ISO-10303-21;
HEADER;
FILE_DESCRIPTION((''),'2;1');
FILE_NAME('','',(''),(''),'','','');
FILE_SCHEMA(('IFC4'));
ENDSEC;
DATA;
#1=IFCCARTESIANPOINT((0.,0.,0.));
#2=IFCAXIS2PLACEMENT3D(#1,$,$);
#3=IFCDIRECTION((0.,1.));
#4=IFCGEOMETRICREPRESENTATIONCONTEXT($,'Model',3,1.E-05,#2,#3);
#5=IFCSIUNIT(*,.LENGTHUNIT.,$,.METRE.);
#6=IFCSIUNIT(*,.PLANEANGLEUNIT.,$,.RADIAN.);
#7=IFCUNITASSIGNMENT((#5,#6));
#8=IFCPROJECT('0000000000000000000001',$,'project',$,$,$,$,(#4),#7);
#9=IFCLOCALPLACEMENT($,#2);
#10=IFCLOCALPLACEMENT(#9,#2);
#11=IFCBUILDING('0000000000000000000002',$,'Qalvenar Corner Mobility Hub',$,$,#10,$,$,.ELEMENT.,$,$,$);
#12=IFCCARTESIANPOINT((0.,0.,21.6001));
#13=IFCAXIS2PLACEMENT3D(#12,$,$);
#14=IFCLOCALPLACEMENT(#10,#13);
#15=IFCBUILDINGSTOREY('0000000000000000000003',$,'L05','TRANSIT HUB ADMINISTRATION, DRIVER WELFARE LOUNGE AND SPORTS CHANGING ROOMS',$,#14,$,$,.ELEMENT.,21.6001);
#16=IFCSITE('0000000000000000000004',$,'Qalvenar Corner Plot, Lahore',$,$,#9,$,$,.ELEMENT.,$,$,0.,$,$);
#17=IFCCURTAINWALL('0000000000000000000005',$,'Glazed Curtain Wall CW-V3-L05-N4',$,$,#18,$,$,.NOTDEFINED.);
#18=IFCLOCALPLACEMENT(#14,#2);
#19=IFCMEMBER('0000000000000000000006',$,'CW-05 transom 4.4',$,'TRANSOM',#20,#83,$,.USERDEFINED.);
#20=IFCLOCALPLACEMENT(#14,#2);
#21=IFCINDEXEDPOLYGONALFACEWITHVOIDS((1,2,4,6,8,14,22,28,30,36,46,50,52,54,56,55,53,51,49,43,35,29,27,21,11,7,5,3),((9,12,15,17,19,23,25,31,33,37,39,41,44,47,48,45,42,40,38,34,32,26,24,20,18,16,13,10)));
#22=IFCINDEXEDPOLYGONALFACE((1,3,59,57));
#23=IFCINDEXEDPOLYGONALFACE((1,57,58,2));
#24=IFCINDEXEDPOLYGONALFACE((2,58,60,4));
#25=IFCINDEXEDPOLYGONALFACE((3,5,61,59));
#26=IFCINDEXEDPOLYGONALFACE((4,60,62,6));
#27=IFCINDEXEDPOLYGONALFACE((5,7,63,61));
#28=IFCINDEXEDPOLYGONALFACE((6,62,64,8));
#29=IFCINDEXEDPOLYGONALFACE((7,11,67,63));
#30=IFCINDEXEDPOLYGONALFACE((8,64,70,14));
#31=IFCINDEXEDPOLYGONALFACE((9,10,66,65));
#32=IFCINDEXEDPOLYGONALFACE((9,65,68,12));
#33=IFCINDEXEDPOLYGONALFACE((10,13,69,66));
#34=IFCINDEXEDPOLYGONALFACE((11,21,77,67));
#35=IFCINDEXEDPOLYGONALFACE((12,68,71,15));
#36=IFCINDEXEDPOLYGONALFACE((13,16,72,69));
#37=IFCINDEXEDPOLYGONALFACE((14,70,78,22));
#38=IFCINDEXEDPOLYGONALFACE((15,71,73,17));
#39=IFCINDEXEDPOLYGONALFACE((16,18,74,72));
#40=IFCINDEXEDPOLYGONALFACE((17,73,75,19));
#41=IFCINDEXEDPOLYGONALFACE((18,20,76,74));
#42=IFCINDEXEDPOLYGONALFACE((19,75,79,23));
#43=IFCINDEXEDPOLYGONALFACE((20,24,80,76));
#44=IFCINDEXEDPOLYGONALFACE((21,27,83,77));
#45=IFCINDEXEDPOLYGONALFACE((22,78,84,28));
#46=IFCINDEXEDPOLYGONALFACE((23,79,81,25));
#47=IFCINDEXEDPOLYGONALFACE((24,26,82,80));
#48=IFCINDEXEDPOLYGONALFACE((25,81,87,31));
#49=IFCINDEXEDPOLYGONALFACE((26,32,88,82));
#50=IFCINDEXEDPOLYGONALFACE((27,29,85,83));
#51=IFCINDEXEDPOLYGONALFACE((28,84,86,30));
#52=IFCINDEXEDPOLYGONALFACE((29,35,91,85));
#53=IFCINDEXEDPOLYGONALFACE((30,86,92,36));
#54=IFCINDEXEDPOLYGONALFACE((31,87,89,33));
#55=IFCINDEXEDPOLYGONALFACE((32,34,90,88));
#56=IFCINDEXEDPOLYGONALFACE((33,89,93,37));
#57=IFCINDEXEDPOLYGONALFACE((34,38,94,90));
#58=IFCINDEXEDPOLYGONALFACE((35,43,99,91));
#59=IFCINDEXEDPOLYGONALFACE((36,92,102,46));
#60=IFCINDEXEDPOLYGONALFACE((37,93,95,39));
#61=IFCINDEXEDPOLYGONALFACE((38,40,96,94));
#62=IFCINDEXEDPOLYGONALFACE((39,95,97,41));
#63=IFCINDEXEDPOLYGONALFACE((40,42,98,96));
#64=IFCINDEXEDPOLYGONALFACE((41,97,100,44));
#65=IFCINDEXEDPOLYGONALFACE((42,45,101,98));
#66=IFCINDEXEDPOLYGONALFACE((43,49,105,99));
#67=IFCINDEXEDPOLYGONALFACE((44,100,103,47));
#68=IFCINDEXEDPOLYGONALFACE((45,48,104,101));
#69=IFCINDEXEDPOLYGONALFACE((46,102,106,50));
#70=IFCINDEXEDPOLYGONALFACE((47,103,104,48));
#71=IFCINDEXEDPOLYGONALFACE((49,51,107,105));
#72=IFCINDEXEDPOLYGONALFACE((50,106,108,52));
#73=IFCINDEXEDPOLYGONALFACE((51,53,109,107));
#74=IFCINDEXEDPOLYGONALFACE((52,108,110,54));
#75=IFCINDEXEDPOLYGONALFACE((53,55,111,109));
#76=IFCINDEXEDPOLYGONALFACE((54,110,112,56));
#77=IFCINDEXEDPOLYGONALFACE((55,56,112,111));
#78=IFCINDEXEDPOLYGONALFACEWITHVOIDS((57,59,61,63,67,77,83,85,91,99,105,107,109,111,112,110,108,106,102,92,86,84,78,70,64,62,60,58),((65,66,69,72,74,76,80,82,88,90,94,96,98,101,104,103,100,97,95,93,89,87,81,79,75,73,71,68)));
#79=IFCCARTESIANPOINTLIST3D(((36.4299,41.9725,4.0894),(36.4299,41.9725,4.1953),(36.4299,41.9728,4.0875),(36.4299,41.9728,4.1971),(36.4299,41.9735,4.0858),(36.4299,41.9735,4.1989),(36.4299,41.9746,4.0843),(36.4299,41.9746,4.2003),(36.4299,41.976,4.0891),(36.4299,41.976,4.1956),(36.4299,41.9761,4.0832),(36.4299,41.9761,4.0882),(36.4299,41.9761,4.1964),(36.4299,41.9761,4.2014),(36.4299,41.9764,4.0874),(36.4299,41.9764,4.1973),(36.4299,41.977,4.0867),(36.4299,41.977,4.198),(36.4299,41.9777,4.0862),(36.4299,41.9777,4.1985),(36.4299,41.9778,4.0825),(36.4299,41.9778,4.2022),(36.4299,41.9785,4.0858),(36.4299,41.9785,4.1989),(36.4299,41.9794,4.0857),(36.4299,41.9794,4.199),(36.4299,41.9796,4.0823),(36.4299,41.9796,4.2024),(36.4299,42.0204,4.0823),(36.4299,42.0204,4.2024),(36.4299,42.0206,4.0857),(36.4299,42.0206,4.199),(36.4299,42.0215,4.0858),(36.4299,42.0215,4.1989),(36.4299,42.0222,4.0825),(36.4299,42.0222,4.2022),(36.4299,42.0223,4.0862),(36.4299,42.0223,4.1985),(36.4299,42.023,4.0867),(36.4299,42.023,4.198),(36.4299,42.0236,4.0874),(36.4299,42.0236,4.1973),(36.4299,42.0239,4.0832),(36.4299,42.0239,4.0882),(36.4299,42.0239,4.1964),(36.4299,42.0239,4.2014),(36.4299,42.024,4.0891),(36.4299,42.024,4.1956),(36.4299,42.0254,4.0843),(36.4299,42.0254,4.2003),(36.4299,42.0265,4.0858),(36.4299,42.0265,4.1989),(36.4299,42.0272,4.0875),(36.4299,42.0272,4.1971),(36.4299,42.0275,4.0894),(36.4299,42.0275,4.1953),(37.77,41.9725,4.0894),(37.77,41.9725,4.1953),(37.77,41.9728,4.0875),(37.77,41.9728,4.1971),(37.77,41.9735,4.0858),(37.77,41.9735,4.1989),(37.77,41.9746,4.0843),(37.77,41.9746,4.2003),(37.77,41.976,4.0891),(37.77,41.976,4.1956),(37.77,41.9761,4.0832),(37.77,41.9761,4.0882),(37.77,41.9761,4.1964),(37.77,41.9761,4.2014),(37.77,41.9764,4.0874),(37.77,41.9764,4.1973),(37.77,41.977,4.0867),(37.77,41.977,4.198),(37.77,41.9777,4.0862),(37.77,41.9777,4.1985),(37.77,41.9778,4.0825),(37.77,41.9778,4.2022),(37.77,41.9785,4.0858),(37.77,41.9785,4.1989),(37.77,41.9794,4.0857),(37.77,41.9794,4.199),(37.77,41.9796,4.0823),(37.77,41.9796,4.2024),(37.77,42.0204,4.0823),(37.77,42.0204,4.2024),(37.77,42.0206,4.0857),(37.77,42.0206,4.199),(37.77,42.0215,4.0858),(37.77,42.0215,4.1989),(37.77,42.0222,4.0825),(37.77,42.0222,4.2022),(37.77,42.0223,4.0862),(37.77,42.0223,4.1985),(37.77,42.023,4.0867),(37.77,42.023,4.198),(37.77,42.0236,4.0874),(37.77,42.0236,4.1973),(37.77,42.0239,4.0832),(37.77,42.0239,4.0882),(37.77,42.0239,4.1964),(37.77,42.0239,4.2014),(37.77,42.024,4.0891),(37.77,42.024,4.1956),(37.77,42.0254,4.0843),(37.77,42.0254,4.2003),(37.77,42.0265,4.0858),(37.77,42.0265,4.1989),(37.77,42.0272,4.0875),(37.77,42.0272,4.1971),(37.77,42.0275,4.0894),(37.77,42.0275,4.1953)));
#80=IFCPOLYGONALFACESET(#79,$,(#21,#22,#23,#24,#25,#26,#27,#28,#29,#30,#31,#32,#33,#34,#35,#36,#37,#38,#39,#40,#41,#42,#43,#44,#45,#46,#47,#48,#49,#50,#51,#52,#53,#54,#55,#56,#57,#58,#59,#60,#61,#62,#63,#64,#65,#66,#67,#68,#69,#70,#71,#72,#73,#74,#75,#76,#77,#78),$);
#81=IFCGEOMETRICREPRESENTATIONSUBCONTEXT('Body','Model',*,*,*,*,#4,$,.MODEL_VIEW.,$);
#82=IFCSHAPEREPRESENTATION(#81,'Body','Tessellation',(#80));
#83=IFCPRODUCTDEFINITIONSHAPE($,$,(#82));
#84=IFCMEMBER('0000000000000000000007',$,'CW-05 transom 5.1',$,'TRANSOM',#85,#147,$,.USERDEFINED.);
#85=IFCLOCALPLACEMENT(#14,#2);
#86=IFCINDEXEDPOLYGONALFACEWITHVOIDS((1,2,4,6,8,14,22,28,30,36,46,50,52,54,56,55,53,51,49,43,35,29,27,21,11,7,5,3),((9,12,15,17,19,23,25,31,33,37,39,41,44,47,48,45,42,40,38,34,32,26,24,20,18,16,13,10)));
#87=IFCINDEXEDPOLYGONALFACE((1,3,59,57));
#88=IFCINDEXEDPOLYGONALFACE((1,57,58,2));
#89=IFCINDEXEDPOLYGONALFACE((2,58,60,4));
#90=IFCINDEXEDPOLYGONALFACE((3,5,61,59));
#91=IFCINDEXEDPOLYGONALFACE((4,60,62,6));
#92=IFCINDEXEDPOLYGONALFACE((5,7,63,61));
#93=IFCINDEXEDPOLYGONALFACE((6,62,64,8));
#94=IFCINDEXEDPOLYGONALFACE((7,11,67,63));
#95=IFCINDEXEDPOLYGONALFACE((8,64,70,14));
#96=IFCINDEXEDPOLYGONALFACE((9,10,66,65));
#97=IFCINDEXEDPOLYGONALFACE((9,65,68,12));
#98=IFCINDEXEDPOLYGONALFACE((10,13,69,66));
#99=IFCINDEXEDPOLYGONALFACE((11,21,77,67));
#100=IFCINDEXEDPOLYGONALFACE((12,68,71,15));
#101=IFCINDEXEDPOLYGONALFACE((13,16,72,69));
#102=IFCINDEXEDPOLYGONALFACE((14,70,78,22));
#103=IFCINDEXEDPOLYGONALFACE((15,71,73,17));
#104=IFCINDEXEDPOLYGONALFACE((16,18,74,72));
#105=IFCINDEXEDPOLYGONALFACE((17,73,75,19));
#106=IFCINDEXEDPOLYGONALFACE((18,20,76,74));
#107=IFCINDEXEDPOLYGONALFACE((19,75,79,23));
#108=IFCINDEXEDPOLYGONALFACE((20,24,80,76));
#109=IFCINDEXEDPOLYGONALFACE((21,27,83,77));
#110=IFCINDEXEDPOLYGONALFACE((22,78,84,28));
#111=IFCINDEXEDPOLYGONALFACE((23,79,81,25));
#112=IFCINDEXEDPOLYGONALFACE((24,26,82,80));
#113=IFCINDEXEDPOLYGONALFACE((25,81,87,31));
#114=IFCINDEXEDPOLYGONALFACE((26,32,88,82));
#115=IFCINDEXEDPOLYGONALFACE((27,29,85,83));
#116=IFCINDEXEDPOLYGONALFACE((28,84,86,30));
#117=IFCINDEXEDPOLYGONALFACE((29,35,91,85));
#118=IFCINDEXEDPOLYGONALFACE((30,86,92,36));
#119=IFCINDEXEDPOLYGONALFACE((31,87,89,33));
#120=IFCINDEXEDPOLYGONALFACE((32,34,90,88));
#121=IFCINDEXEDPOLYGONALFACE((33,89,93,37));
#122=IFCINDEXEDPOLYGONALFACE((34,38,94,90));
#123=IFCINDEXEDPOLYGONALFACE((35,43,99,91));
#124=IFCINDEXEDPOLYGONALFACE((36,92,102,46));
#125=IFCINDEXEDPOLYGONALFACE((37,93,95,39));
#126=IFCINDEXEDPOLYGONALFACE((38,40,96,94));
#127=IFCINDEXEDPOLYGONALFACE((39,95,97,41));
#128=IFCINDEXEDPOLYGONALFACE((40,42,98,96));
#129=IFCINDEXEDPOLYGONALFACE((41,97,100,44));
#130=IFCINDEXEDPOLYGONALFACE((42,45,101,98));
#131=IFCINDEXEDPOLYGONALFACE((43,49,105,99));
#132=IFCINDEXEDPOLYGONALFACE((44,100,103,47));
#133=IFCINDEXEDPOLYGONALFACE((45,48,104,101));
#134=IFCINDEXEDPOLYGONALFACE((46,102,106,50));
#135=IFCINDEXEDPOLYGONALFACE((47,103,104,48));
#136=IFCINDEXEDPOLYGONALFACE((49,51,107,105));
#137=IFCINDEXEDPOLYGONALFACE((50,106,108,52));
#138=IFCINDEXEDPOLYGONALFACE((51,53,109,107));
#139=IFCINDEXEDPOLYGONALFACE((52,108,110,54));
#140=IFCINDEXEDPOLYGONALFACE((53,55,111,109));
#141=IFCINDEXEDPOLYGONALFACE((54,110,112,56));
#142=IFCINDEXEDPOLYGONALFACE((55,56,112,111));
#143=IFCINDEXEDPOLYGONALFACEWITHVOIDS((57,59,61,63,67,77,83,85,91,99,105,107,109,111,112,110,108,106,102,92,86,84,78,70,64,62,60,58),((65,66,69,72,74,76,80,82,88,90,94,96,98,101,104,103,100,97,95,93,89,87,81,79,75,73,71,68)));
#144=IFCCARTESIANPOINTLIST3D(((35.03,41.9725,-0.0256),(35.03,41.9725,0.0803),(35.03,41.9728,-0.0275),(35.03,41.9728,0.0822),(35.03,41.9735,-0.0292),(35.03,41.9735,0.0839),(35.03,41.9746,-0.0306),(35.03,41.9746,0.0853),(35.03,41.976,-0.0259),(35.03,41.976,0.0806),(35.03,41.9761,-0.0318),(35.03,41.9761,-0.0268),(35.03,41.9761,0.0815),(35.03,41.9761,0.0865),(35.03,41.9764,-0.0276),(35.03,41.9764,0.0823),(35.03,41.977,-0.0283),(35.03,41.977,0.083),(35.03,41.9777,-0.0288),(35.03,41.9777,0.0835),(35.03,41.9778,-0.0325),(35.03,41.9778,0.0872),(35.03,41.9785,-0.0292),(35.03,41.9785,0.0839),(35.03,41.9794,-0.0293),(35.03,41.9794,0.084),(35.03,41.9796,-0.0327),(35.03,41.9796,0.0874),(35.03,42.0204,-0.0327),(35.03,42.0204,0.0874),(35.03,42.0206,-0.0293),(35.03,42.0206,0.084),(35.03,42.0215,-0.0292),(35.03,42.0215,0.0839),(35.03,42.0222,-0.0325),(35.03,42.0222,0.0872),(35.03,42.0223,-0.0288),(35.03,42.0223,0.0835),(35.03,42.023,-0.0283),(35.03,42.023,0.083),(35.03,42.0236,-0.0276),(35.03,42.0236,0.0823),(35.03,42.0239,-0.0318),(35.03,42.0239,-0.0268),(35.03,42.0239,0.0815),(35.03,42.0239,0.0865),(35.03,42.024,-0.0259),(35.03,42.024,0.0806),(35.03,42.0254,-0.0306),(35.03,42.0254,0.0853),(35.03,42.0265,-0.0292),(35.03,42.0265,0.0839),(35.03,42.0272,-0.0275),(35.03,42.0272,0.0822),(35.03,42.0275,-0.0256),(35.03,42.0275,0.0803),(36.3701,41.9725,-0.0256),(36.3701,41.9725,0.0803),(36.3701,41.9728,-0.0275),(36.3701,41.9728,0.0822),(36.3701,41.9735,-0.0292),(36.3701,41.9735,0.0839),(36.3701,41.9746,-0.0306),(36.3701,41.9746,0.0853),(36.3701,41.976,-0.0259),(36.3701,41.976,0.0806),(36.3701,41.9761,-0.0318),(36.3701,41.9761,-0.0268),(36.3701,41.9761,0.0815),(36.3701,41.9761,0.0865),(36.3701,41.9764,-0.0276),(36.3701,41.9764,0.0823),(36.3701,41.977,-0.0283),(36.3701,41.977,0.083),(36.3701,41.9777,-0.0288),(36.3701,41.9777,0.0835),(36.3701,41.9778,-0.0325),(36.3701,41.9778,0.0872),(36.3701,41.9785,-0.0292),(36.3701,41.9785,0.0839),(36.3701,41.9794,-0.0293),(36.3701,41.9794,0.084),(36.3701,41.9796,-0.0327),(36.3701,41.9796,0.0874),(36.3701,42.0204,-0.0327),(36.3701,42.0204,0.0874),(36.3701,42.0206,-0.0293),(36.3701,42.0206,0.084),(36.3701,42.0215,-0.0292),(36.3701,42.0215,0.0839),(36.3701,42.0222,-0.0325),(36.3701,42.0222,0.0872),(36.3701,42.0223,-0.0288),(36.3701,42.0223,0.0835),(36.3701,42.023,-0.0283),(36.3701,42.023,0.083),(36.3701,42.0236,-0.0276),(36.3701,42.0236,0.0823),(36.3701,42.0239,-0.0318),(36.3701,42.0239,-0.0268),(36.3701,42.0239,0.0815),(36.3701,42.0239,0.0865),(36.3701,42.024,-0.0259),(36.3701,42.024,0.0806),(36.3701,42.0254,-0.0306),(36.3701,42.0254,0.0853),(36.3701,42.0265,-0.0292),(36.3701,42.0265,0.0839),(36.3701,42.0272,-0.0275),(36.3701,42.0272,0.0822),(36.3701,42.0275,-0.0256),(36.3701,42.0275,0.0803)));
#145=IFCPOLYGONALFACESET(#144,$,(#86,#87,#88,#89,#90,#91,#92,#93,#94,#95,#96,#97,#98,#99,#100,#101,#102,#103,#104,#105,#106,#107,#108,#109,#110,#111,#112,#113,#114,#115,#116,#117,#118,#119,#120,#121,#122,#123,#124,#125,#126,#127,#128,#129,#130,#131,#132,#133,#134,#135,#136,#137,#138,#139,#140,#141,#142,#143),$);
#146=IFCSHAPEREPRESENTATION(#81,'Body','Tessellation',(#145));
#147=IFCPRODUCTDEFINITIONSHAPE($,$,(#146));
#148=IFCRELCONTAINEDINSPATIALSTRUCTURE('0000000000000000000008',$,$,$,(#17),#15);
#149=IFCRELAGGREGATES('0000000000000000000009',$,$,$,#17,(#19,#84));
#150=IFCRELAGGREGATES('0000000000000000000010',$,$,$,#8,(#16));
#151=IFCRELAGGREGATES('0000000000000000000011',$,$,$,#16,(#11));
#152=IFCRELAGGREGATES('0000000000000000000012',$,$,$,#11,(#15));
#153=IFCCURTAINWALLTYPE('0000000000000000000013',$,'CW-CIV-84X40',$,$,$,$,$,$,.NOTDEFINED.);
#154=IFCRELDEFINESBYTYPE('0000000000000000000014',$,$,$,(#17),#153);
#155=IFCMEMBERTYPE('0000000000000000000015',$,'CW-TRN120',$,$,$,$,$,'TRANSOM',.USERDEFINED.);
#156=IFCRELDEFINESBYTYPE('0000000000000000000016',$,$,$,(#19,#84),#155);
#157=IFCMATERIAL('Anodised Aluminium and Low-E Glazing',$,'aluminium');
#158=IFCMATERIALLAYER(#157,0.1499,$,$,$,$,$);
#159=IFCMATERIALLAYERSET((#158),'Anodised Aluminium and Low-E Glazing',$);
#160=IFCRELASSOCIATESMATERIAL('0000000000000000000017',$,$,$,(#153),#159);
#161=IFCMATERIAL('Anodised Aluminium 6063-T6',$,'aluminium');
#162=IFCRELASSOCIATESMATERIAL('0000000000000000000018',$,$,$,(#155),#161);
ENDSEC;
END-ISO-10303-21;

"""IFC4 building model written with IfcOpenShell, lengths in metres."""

from ifc_helpers import new_model, si_unit, direction, frame, origin, origin_2d, place, context, subcontext, project, spatial, hollow_rectangle, extrude, material, layer, layer_set, material_profile, profile_set, type_object, element, aggregate, save


model = new_model("IFC4")

# Units and contexts
model_context = context("Model", 3, precision=1e-05, world=origin(), true_north=direction((0.0, 1.0)))
body_context = subcontext(model_context, "Body", "Model", "MODEL_VIEW")
ifc_project = project(units=[si_unit("LENGTHUNIT", "METRE"), si_unit("PLANEANGLEUNIT", "RADIAN")], contexts=[model_context])

# Site, building, storey
site_placement = place(None, origin())
site = spatial("IfcSite", under=ifc_project, at=site_placement, Name="Qalvenar Corner Plot, Lahore", CompositionType="ELEMENT", RefElevation=0.0)
building_placement = place(site_placement, origin())
building = spatial("IfcBuilding", under=site, at=building_placement, Name="Qalvenar Corner Mobility Hub", CompositionType="ELEMENT")
storey_placement = place(building_placement, frame((0.0, 0.0, 21.6001)))
storey = spatial("IfcBuildingStorey", under=building, at=storey_placement, Name="L05", Description="TRANSIT HUB ADMINISTRATION, DRIVER WELFARE LOUNGE AND SPORTS CHANGING ROOMS", CompositionType="ELEMENT", Elevation=21.6001)

# Curtain wall, members
ifc_material_1 = material(Name="Anodised Aluminium and Low-E Glazing", Category="aluminium")
ifc_layer_1 = layer(ifc_material_1, 0.1499)
ifc_layer_set_1 = layer_set([ifc_layer_1], Name="Anodised Aluminium and Low-E Glazing")
curtain_wall_type = type_object("IfcCurtainWallType", Name="CW-CIV-84X40", PredefinedType="NOTDEFINED", material=ifc_layer_set_1)
curtain_wall_placement = place(storey_placement, origin())
curtain_wall = element("IfcCurtainWall", 1, at=curtain_wall_placement, inside=storey, type_object=curtain_wall_type, Name="Glazed Curtain Wall CW-V3-L05-N4", PredefinedType="NOTDEFINED")
ifc_material_2 = material(Name="Anodised Aluminium 6063-T6", Category="aluminium")
ifc_material_profile_1 = material_profile(ifc_material_2, hollow_rectangle(XDim=0.0549, YDim=0.1201, WallThickness=0.0034, InnerFilletRadius=0.0034, OuterFilletRadius=0.0071, at=origin_2d()), Name="RHS120x55x3.5")
ifc_profile_set_1 = profile_set([ifc_material_profile_1], Name="Anodised Aluminium 6063-T6")
member_type_1 = type_object("IfcMemberType", Name="CW-TRN120", ElementType="TRANSOM", PredefinedType="USERDEFINED", material=ifc_profile_set_1)
member_1_placement = place(storey_placement, frame((37.77, 42.0, 4.1423), z_axis=(-1.0, 0.0, 0.0), x_axis=(0.0, -1.0, 0.0)))
member_1 = element("IfcMember", 2, at=member_1_placement, type_object=member_type_1, Name="CW-05 transom 4.4", ObjectType="TRANSOM", PredefinedType="USERDEFINED", context=body_context, shape_type="SweptSolid", body=[
    extrude(hollow_rectangle(XDim=0.0549, YDim=0.1201, WallThickness=0.0034, InnerFilletRadius=0.0034, OuterFilletRadius=0.0071, at=origin_2d()), origin(), (0.0, 0.0, 1.0), 1.3401),
])
member_2_placement = place(storey_placement, frame((36.3701, 42.0, 0.0273), z_axis=(-1.0, 0.0, 0.0), x_axis=(0.0, -1.0, 0.0)))
member_2 = element("IfcMember", 3, at=member_2_placement, type_object=member_type_1, Name="CW-05 transom 5.1", ObjectType="TRANSOM", PredefinedType="USERDEFINED", context=body_context, shape_type="SweptSolid", body=[
    extrude(hollow_rectangle(XDim=0.0549, YDim=0.1201, WallThickness=0.0034, InnerFilletRadius=0.0034, OuterFilletRadius=0.0071, at=origin_2d()), origin(), (0.0, 0.0, 1.0), 1.3401),
])
aggregate(curtain_wall, [member_1, member_2])

save(model, "model.ifc")
